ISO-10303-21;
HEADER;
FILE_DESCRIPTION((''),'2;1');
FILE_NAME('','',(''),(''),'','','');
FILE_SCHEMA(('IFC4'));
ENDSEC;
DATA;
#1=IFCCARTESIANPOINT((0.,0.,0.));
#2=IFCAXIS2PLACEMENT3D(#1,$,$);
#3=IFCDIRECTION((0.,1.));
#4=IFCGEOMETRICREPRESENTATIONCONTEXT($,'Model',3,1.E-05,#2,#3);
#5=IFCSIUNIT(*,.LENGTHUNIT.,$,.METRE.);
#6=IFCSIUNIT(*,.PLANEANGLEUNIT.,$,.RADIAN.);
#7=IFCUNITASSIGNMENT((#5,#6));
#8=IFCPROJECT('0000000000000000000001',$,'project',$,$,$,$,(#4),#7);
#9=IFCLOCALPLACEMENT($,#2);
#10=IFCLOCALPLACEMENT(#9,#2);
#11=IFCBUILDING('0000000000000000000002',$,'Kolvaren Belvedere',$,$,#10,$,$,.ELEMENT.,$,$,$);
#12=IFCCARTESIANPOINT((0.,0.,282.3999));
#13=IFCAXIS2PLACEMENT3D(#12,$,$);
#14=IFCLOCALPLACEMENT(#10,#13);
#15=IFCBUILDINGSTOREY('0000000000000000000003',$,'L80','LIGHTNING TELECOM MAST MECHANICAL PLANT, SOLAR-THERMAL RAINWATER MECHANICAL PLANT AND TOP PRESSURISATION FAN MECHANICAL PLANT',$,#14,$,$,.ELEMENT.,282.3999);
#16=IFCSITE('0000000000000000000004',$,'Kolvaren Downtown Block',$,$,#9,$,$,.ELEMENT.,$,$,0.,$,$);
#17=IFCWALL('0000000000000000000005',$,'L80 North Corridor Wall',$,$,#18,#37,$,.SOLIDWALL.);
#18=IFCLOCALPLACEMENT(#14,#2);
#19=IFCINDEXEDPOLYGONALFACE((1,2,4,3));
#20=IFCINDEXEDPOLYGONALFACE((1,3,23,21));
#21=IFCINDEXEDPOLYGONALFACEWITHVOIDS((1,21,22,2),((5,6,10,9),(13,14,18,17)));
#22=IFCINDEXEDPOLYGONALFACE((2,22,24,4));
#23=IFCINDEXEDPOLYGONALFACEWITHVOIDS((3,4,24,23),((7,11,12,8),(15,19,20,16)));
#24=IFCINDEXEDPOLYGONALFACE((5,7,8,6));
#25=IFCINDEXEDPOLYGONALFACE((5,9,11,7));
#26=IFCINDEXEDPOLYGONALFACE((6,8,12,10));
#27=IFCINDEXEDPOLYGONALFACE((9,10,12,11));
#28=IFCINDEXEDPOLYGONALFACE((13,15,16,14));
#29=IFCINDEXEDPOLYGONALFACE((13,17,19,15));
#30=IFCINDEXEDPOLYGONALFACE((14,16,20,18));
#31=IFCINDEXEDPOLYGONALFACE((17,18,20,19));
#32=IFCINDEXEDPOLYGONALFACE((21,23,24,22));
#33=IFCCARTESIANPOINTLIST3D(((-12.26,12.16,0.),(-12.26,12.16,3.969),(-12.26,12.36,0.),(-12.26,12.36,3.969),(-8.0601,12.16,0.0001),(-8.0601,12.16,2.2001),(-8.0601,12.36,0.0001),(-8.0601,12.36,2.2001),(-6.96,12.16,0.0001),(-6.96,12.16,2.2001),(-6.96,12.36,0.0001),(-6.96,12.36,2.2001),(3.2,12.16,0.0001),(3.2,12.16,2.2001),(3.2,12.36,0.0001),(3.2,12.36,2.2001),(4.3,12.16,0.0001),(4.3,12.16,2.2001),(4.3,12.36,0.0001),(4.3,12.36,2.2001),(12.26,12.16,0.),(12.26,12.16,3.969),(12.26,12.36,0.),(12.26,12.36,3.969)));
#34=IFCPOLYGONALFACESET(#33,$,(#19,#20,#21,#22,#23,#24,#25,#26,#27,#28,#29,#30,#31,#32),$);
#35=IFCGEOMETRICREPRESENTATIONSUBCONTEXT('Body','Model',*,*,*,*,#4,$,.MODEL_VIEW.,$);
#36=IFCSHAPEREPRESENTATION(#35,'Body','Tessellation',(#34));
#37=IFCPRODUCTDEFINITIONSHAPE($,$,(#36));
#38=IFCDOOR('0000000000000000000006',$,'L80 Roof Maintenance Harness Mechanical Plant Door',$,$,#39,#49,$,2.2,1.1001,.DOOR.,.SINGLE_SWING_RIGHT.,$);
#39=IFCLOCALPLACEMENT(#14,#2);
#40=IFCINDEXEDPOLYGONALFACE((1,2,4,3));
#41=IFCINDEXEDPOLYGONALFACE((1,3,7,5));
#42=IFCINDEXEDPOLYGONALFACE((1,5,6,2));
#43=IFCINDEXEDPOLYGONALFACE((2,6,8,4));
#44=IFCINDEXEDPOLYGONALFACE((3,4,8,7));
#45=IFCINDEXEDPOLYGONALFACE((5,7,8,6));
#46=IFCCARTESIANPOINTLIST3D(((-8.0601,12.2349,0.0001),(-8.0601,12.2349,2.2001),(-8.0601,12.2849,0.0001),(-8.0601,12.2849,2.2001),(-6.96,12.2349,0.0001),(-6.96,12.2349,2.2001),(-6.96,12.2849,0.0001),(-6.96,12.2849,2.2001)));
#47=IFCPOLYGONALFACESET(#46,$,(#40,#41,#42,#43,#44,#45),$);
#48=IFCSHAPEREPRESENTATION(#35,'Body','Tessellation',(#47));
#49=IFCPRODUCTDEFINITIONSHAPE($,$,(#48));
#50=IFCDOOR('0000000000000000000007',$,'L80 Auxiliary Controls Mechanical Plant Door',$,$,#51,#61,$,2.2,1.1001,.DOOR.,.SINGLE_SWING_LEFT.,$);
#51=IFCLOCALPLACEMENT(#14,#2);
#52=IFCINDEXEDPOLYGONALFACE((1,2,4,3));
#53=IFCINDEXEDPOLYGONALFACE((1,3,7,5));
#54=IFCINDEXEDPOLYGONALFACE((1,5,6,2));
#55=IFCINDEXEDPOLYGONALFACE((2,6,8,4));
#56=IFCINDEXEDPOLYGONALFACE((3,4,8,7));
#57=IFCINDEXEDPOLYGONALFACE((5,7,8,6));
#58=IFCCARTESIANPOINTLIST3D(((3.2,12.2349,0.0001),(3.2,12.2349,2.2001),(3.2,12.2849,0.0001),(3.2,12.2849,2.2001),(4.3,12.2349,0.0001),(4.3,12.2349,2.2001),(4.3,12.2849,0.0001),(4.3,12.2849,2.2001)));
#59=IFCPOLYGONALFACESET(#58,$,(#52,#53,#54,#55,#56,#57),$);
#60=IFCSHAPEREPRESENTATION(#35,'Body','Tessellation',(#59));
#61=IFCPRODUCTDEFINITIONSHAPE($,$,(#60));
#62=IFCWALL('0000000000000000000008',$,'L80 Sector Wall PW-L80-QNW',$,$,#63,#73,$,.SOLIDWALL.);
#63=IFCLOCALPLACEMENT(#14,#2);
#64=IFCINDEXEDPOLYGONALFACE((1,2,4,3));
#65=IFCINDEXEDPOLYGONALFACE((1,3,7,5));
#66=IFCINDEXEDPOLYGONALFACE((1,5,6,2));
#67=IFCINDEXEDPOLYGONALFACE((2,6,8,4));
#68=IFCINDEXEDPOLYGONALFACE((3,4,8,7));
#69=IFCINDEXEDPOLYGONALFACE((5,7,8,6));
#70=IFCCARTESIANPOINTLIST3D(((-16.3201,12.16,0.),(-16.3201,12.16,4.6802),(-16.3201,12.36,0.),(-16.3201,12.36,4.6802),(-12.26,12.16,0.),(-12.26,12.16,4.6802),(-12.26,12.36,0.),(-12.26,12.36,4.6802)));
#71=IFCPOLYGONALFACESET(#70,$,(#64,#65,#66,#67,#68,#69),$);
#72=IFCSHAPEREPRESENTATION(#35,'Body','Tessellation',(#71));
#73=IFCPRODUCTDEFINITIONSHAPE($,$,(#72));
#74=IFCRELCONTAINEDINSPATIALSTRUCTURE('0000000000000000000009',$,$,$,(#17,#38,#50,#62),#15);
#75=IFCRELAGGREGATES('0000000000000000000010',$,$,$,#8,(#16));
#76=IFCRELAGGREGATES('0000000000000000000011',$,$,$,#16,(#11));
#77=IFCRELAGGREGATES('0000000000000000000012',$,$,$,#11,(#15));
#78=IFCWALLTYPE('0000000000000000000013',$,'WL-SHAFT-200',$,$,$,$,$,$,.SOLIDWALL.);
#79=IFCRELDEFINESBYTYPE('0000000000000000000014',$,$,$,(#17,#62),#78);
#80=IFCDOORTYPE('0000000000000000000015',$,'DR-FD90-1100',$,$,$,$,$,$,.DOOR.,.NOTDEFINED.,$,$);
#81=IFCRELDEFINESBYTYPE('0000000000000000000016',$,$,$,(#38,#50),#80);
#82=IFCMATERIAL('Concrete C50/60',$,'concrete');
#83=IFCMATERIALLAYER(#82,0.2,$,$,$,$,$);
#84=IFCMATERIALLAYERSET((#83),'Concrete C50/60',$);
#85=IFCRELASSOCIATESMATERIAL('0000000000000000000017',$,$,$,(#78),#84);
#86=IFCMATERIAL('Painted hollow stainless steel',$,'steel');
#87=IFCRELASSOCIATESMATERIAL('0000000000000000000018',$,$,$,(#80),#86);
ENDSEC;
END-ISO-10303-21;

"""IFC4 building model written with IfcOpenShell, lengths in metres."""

from ifc_helpers import new_model, si_unit, direction, frame, frame_2d, origin, place, context, subcontext, project, spatial, rectangle, extrude, material, layer, layer_set, type_object, element, fill, save


model = new_model("IFC4")

# Units and contexts
model_context = context("Model", 3, precision=1e-05, world=origin(), true_north=direction((0.0, 1.0)))
body_context = subcontext(model_context, "Body", "Model", "MODEL_VIEW")
ifc_project = project(units=[si_unit("LENGTHUNIT", "METRE"), si_unit("PLANEANGLEUNIT", "RADIAN")], contexts=[model_context])

# Site, building, storey
site_placement = place(None, origin())
site = spatial("IfcSite", under=ifc_project, at=site_placement, Name="Kolvaren Downtown Block", CompositionType="ELEMENT", RefElevation=0.0)
building_placement = place(site_placement, origin())
building = spatial("IfcBuilding", under=site, at=building_placement, Name="Kolvaren Belvedere", CompositionType="ELEMENT")
storey_placement = place(building_placement, frame((0.0, 0.0, 282.3999)))
storey = spatial("IfcBuildingStorey", under=building, at=storey_placement, Name="L80", Description="LIGHTNING TELECOM MAST MECHANICAL PLANT, SOLAR-THERMAL RAINWATER MECHANICAL PLANT AND TOP PRESSURISATION FAN MECHANICAL PLANT", CompositionType="ELEMENT", Elevation=282.3999)

# Wall, openings, doors
ifc_material_1 = material(Name="Concrete C50/60", Category="concrete")
ifc_layer_1 = layer(ifc_material_1, 0.2)
ifc_layer_set_1 = layer_set([ifc_layer_1], Name="Concrete C50/60")
wall_type_1 = type_object("IfcWallType", Name="WL-SHAFT-200", PredefinedType="SOLIDWALL", material=ifc_layer_set_1)
wall_1_placement = place(storey_placement, frame((-12.26, 12.26, 0.0), z_axis=(0.0, 0.0, 1.0), x_axis=(1.0, 0.0, 0.0)))
wall_1 = element("IfcWall", 1, at=wall_1_placement, inside=storey, type_object=wall_type_1, Name="L80 North Corridor Wall", PredefinedType="SOLIDWALL", context=body_context, shape_type="SweptSolid", body=[
    extrude(rectangle(XDim=24.52, YDim=0.2, at=frame_2d((12.26, 0.0))), origin(), (0.0, 0.0, 1.0), 3.969),
])
opening_1_placement = place(wall_1_placement, frame((4.2, 0.0, 0.0)))
opening_1 = element("IfcOpeningElement", 2, at=opening_1_placement, cuts=wall_1, PredefinedType="OPENING", context=body_context, shape_type="SweptSolid", body=[
    extrude(rectangle(XDim=1.1001, YDim=2.2, at=frame_2d((0.55, 1.1001))), frame((0.0, 0.1099, 0.0), z_axis=(0.0, -1.0, 0.0), x_axis=(1.0, 0.0, 0.0)), (0.0, 0.0, 1.0), 0.22),
])
opening_2_placement = place(wall_1_placement, frame((15.46, 0.0, 0.0)))
opening_2 = element("IfcOpeningElement", 3, at=opening_2_placement, cuts=wall_1, PredefinedType="OPENING", context=body_context, shape_type="SweptSolid", body=[
    extrude(rectangle(XDim=1.1001, YDim=2.2, at=frame_2d((0.55, 1.1001))), frame((0.0, 0.1099, 0.0), z_axis=(0.0, -1.0, 0.0), x_axis=(1.0, 0.0, 0.0)), (0.0, 0.0, 1.0), 0.22),
])
ifc_material_2 = material(Name="Painted hollow stainless steel", Category="steel")
door_type = type_object("IfcDoorType", Name="DR-FD90-1100", OperationType="NOTDEFINED", PredefinedType="DOOR", material=ifc_material_2)
door_1_placement = place(opening_1_placement, origin())
door_1 = element("IfcDoor", 4, at=door_1_placement, inside=storey, type_object=door_type, Name="L80 Roof Maintenance Harness Mechanical Plant Door", OperationType="SINGLE_SWING_RIGHT", OverallHeight=2.2, OverallWidth=1.1001, PredefinedType="DOOR", context=body_context, shape_type="SweptSolid", body=[
    extrude(rectangle(XDim=1.1001, YDim=2.2, at=frame_2d((0.55, 1.1001))), frame((0.0, 0.0249, 0.0), z_axis=(0.0, -1.0, 0.0), x_axis=(1.0, 0.0, 0.0)), (0.0, 0.0, 1.0), 0.05),
])
fill(opening_1, door_1)
door_2_placement = place(opening_2_placement, origin())
door_2 = element("IfcDoor", 5, at=door_2_placement, inside=storey, type_object=door_type, Name="L80 Auxiliary Controls Mechanical Plant Door", OperationType="SINGLE_SWING_LEFT", OverallHeight=2.2, OverallWidth=1.1001, PredefinedType="DOOR", context=body_context, shape_type="SweptSolid", body=[
    extrude(rectangle(XDim=1.1001, YDim=2.2, at=frame_2d((0.55, 1.1001))), frame((0.0, 0.0249, 0.0), z_axis=(0.0, -1.0, 0.0), x_axis=(1.0, 0.0, 0.0)), (0.0, 0.0, 1.0), 0.05),
])
fill(opening_2, door_2)

# Wall
wall_2_placement = place(storey_placement, frame((-16.3201, 12.26, 0.0), z_axis=(0.0, 0.0, 1.0), x_axis=(1.0, 0.0, 0.0)))
element("IfcWall", 6, at=wall_2_placement, inside=storey, type_object=wall_type_1, Name="L80 Sector Wall PW-L80-QNW", PredefinedType="SOLIDWALL", context=body_context, shape_type="SweptSolid", body=[
    extrude(rectangle(XDim=4.0601, YDim=0.2, at=frame_2d((2.03, 0.0))), origin(), (0.0, 0.0, 1.0), 4.6802),
])

save(model, "model.ifc")
